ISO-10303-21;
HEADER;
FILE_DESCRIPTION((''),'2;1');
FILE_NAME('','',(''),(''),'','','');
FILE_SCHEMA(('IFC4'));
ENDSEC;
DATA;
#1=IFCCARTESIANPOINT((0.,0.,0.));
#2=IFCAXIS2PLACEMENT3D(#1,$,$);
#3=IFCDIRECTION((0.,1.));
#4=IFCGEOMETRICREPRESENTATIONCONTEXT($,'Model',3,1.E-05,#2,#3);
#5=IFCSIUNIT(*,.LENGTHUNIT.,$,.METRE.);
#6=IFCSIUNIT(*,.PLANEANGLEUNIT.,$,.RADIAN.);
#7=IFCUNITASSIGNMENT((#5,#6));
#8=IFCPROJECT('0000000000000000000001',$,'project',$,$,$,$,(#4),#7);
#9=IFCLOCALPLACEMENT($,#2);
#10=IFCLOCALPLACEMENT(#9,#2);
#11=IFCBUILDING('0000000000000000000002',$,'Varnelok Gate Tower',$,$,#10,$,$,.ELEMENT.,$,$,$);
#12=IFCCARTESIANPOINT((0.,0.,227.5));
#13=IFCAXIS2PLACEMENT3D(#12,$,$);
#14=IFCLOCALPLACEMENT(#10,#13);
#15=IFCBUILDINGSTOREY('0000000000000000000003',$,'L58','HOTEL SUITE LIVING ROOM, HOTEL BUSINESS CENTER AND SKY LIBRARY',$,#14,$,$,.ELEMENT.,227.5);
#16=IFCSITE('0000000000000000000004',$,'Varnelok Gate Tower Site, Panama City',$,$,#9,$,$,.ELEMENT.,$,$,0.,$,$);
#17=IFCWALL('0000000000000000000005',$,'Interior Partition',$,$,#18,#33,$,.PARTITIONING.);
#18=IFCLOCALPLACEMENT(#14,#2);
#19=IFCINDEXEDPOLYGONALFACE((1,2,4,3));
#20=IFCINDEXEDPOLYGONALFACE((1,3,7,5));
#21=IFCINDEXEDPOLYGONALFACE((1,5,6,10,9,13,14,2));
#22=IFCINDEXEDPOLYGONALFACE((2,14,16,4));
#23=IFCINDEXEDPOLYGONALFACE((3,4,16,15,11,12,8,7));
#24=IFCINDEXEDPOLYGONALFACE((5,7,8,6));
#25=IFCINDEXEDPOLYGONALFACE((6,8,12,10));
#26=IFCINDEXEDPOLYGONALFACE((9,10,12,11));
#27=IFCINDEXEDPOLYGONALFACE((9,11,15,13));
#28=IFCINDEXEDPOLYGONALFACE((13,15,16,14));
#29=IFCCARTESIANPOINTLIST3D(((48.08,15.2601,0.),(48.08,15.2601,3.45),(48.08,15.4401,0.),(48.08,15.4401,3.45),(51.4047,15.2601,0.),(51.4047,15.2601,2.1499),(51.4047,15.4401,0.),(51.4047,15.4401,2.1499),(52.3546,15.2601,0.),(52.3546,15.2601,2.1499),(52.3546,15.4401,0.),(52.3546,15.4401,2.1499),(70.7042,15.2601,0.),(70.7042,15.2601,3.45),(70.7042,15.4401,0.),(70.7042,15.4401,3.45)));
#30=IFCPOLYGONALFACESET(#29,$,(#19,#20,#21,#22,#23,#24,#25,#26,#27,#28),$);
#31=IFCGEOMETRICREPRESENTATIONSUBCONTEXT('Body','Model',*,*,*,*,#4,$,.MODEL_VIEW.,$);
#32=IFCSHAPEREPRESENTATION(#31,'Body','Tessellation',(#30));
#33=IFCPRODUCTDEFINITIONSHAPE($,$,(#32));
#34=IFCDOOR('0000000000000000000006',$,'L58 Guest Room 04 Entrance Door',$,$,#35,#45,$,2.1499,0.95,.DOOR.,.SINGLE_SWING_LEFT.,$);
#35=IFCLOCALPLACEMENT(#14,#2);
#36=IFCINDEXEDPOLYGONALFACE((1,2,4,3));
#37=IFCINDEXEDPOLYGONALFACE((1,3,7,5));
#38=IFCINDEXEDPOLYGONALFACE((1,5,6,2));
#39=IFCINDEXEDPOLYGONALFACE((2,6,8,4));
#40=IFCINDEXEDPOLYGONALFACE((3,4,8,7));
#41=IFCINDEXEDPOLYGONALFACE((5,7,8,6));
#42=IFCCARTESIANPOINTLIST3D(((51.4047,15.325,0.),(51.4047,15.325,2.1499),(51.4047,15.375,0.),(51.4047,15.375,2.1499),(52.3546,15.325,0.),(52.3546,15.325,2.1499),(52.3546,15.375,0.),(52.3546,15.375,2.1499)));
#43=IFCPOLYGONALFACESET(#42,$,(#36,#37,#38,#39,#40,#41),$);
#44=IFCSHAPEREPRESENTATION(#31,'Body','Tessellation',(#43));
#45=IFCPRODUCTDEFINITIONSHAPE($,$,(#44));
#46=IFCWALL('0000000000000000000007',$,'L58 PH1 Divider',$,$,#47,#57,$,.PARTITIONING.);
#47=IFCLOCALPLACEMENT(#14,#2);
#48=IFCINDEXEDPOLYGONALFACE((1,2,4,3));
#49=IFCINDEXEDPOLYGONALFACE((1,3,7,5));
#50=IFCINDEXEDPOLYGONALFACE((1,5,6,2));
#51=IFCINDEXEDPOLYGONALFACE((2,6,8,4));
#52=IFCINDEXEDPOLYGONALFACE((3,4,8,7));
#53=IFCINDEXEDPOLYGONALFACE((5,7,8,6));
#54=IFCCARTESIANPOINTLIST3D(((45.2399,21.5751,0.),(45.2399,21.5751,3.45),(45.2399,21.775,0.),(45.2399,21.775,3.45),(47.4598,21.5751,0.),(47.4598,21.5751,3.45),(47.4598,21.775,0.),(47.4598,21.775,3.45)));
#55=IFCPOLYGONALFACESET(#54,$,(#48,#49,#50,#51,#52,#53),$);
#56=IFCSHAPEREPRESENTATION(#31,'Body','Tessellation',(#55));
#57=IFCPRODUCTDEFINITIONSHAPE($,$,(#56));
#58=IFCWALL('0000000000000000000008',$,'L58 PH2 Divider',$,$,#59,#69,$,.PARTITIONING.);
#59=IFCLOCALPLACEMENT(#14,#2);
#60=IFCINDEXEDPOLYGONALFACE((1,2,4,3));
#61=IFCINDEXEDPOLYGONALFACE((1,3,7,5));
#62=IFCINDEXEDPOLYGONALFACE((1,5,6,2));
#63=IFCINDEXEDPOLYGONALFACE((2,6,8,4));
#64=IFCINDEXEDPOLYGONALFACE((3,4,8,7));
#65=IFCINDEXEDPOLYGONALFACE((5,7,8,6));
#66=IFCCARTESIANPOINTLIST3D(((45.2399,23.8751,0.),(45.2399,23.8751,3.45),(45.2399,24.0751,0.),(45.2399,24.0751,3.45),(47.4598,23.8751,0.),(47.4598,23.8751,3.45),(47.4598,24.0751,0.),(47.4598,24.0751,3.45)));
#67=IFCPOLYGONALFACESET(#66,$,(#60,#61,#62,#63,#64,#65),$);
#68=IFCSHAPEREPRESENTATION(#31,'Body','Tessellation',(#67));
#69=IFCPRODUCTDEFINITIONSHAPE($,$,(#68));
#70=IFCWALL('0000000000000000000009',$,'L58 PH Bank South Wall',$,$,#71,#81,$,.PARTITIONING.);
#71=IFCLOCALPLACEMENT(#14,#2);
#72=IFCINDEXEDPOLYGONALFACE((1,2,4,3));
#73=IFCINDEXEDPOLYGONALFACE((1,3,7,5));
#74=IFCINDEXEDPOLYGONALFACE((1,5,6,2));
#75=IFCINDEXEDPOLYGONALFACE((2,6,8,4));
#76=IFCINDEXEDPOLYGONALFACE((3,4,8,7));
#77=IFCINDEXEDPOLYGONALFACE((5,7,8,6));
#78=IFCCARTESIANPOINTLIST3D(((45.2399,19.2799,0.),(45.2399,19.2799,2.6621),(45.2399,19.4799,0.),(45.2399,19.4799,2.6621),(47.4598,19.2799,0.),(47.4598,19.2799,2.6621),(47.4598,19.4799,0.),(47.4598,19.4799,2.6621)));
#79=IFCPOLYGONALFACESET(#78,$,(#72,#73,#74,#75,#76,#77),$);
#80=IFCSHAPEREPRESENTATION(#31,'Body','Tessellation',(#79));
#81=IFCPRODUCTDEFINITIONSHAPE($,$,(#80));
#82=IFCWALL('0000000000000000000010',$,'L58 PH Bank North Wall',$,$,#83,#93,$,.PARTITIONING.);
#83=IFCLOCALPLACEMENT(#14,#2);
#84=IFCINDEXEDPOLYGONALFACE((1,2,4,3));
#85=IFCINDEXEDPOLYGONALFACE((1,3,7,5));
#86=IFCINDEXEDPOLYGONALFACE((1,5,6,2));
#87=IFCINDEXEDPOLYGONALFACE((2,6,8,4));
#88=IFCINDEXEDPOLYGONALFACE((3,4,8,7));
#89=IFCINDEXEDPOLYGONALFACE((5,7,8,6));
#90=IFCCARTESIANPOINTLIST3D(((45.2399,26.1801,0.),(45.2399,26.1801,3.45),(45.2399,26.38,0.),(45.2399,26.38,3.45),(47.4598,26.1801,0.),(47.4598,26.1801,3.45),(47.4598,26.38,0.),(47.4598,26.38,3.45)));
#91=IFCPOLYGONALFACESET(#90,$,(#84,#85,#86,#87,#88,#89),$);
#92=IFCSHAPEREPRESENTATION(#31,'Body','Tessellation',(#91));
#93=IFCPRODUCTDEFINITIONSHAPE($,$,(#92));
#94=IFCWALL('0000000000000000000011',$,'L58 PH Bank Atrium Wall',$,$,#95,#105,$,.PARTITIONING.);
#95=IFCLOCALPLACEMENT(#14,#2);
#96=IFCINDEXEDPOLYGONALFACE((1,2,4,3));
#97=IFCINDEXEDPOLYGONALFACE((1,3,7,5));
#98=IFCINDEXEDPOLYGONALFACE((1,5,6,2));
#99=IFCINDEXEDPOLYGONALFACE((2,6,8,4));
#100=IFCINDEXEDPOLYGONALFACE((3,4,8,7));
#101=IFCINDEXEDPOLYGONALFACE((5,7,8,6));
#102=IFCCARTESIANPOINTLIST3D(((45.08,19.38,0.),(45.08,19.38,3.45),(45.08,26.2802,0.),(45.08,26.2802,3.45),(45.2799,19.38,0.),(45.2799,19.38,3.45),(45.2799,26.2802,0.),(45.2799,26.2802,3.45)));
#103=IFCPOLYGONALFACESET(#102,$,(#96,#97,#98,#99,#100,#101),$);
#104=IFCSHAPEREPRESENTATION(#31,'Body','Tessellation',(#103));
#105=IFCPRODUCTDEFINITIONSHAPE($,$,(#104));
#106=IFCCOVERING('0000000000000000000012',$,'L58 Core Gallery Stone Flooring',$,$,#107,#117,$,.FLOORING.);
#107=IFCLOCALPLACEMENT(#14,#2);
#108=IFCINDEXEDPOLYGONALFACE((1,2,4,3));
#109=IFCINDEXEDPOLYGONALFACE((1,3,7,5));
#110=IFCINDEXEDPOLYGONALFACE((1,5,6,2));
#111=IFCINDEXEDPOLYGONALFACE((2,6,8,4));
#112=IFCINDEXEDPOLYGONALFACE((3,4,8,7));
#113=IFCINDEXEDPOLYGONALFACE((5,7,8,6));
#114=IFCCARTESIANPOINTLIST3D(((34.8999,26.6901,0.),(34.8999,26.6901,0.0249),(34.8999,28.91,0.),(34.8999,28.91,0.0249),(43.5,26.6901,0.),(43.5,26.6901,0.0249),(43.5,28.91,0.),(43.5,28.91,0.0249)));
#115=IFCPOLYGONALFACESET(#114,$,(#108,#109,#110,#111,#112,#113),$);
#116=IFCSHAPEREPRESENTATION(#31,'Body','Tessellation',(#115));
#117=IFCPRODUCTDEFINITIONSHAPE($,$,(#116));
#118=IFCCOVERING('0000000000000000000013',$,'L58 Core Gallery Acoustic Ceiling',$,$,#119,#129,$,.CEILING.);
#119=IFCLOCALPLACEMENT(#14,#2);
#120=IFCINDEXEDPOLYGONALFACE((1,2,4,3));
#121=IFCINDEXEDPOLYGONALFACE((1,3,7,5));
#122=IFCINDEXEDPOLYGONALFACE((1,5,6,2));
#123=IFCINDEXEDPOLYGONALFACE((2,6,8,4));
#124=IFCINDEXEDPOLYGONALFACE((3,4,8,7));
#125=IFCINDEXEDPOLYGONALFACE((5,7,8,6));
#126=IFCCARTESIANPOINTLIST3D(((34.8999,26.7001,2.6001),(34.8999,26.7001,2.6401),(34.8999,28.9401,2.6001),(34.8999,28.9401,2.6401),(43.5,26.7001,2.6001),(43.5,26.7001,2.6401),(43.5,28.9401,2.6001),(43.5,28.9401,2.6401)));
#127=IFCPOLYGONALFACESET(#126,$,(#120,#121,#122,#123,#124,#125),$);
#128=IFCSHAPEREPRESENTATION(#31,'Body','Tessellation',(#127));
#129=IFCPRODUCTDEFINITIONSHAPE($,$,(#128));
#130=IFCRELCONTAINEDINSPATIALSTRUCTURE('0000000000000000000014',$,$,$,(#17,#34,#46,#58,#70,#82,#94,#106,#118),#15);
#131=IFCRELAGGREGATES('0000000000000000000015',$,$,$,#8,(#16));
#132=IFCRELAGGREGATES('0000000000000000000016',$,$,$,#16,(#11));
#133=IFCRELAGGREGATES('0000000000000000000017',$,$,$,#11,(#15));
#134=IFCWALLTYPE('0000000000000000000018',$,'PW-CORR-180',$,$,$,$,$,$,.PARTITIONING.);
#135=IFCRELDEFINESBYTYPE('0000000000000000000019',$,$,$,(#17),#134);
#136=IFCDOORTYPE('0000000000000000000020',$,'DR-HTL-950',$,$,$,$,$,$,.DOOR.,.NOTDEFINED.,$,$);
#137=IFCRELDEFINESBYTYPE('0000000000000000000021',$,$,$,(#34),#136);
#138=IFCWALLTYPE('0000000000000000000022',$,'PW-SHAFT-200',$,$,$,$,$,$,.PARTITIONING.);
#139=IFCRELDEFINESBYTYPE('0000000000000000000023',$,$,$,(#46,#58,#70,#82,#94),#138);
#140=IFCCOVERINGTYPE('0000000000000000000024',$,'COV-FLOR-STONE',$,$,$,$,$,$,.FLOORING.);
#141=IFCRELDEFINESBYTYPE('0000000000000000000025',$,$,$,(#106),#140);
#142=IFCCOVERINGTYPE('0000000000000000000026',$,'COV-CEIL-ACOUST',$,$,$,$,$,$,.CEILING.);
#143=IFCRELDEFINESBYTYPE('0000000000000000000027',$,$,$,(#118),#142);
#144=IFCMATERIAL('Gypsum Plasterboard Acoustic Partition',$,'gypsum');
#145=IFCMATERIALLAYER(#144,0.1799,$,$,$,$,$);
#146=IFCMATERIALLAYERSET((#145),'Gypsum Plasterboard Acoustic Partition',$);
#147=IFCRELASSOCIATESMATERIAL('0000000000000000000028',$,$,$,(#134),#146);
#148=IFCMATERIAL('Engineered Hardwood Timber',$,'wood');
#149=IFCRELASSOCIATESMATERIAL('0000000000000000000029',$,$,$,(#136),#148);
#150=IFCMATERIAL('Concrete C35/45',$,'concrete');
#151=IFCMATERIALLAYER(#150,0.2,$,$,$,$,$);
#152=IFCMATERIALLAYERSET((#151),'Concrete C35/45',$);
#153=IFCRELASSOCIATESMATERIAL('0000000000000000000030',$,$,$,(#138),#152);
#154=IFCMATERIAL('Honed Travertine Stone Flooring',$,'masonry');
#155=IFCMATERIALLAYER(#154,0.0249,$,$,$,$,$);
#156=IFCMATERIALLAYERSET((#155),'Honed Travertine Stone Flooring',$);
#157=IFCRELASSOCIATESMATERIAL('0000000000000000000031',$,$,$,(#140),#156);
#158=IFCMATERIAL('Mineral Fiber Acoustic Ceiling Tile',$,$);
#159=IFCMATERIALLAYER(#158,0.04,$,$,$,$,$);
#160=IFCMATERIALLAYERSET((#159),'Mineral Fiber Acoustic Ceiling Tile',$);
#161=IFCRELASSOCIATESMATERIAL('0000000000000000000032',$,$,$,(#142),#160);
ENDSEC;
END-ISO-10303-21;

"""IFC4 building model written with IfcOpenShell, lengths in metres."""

from ifc_helpers import new_model, si_unit, direction, frame, frame_2d, origin, origin_2d, place, context, subcontext, project, spatial, rectangle, extrude, source, transform, mapped, material, layer, layer_set, type_object, element, fill, save


model = new_model("IFC4")

# Units and contexts
model_context = context("Model", 3, precision=1e-05, world=origin(), true_north=direction((0.0, 1.0)))
body_context = subcontext(model_context, "Body", "Model", "MODEL_VIEW")
ifc_project = project(units=[si_unit("LENGTHUNIT", "METRE"), si_unit("PLANEANGLEUNIT", "RADIAN")], contexts=[model_context])

# Site, building, storey
site_placement = place(None, origin())
site = spatial("IfcSite", under=ifc_project, at=site_placement, Name="Varnelok Gate Tower Site, Panama City", CompositionType="ELEMENT", RefElevation=0.0)
building_placement = place(site_placement, origin())
building = spatial("IfcBuilding", under=site, at=building_placement, Name="Varnelok Gate Tower", CompositionType="ELEMENT")
storey_placement = place(building_placement, frame((0.0, 0.0, 227.5)))
storey = spatial("IfcBuildingStorey", under=building, at=storey_placement, Name="L58", Description="HOTEL SUITE LIVING ROOM, HOTEL BUSINESS CENTER AND SKY LIBRARY", CompositionType="ELEMENT", Elevation=227.5)

# Wall, opening, door
ifc_material_1 = material(Name="Gypsum Plasterboard Acoustic Partition", Category="gypsum")
ifc_layer_1 = layer(ifc_material_1, 0.1799)
ifc_layer_set_1 = layer_set([ifc_layer_1], Name="Gypsum Plasterboard Acoustic Partition")
wall_type_1 = type_object("IfcWallType", Name="PW-CORR-180", PredefinedType="PARTITIONING", material=ifc_layer_set_1)
wall_1_placement = place(storey_placement, frame((48.0801, 15.3501, 0.0), z_axis=(0.0, 0.0, 1.0), x_axis=(1.0, 0.0, 0.0)))
wall_1 = element("IfcWall", 1, at=wall_1_placement, inside=storey, type_object=wall_type_1, Name="Interior Partition", PredefinedType="PARTITIONING", context=body_context, shape_type="SweptSolid", body=[
    extrude(rectangle(XDim=22.6243, YDim=0.1799, at=frame_2d((11.312, 0.0))), origin(), (0.0, 0.0, 1.0), 3.45),
])
opening_1_placement = place(wall_1_placement, frame((3.3245, 0.0, 0.0)))
opening_1 = element("IfcOpeningElement", 2, at=opening_1_placement, cuts=wall_1, PredefinedType="OPENING", context=body_context, shape_type="SweptSolid", body=[
    extrude(rectangle(XDim=0.95, YDim=2.1499, at=frame_2d((0.4751, 1.075))), frame((0.0, 0.0999, 0.0), z_axis=(0.0, -1.0, 0.0), x_axis=(1.0, 0.0, 0.0)), (0.0, 0.0, 1.0), 0.2),
])
ifc_material_2 = material(Name="Engineered Hardwood Timber", Category="wood")
door_type_1 = type_object("IfcDoorType", Name="DR-HTL-950", OperationType="NOTDEFINED", PredefinedType="DOOR", material=ifc_material_2)
door_1_placement = place(opening_1_placement, origin())
door_1 = element("IfcDoor", 3, at=door_1_placement, inside=storey, type_object=door_type_1, Name="L58 Guest Room 04 Entrance Door", OperationType="SINGLE_SWING_LEFT", OverallHeight=2.1499, OverallWidth=0.95, PredefinedType="DOOR", context=body_context, shape_type="SweptSolid", body=[
    extrude(rectangle(XDim=0.95, YDim=2.1499, at=frame_2d((0.4751, 1.075))), frame((0.0, 0.0249, 0.0), z_axis=(0.0, -1.0, 0.0), x_axis=(1.0, 0.0, 0.0)), (0.0, 0.0, 1.0), 0.05),
])
fill(opening_1, door_1)

# Walls
ifc_material_3 = material(Name="Concrete C35/45", Category="concrete")
ifc_layer_2 = layer(ifc_material_3, 0.2)
ifc_layer_set_2 = layer_set([ifc_layer_2], Name="Concrete C35/45")
wall_type_2 = type_object("IfcWallType", Name="PW-SHAFT-200", PredefinedType="PARTITIONING", material=ifc_layer_set_2)
for number, where, z_axis, x_axis, name in (
    (4, (45.24, 21.675, 0.0), (0.0, 0.0, 1.0), (1.0, 0.0, 0.0), "L58 PH1 Divider"),
    (5, (45.24, 23.9751, 0.0), (0.0, 0.0, 1.0), (1.0, 0.0, 0.0), "L58 PH2 Divider"),
):
    element("IfcWall", number, at=place(storey_placement, frame(where, z_axis=z_axis, x_axis=x_axis)), inside=storey, type_object=wall_type_2, Name=name, PredefinedType="PARTITIONING", context=body_context, shape_type="SweptSolid", body=[
        extrude(rectangle(XDim=2.22, YDim=0.2, at=frame_2d((1.1099, 0.0))), origin(), (0.0, 0.0, 1.0), 3.45),
    ])
wall_2_placement = place(storey_placement, frame((45.24, 19.3799, 0.0), z_axis=(0.0, 0.0, 1.0), x_axis=(1.0, 0.0, 0.0)))
element("IfcWall", 6, at=wall_2_placement, inside=storey, type_object=wall_type_2, Name="L58 PH Bank South Wall", PredefinedType="PARTITIONING", context=body_context, shape_type="SweptSolid", body=[
    extrude(rectangle(XDim=2.22, YDim=0.2, at=frame_2d((1.1099, 0.0))), origin(), (0.0, 0.0, 1.0), 2.6621),
])
wall_3_placement = place(storey_placement, frame((45.24, 26.28, 0.0), z_axis=(0.0, 0.0, 1.0), x_axis=(1.0, 0.0, 0.0)))
element("IfcWall", 7, at=wall_3_placement, inside=storey, type_object=wall_type_2, Name="L58 PH Bank North Wall", PredefinedType="PARTITIONING", context=body_context, shape_type="SweptSolid", body=[
    extrude(rectangle(XDim=2.22, YDim=0.2, at=frame_2d((1.1099, 0.0))), origin(), (0.0, 0.0, 1.0), 3.45),
])
wall_4_placement = place(storey_placement, frame((45.1799, 19.3799, 0.0), z_axis=(0.0, 0.0, 1.0), x_axis=(0.0, 1.0, 0.0)))
element("IfcWall", 8, at=wall_4_placement, inside=storey, type_object=wall_type_2, Name="L58 PH Bank Atrium Wall", PredefinedType="PARTITIONING", context=body_context, shape_type="SweptSolid", body=[
    extrude(rectangle(XDim=6.9001, YDim=0.2, at=frame_2d((3.4502, 0.0))), origin(), (0.0, 0.0, 1.0), 3.45),
])

# Coverings
ifc_material_4 = material(Name="Honed Travertine Stone Flooring", Category="masonry")
ifc_layer_3 = layer(ifc_material_4, 0.0249)
ifc_layer_set_3 = layer_set([ifc_layer_3], Name="Honed Travertine Stone Flooring")
covering_type_1 = type_object("IfcCoveringType", Name="COV-FLOR-STONE", PredefinedType="FLOORING", material=ifc_layer_set_3)
shared_shape_1 = source(origin(), body_context, "Body", "SweptSolid", [
    extrude(rectangle(XDim=8.6001, YDim=2.22, at=origin_2d()), origin(), (0.0, 0.0, 1.0), 0.0249),
])
covering_1_placement = place(storey_placement, frame((39.2, 27.8, 0.0), z_axis=(0.0, 0.0, 1.0), x_axis=(1.0, 0.0, 0.0)))
element("IfcCovering", 9, at=covering_1_placement, inside=storey, type_object=covering_type_1, Name="L58 Core Gallery Stone Flooring", PredefinedType="FLOORING", context=body_context, shape_type="MappedRepresentation", body=[
    mapped(shared_shape_1, transform((0.0, 0.0, 0.0), scale=1.0)),
])
ifc_material_5 = material(Name="Mineral Fiber Acoustic Ceiling Tile")
ifc_layer_4 = layer(ifc_material_5, 0.04)
ifc_layer_set_4 = layer_set([ifc_layer_4], Name="Mineral Fiber Acoustic Ceiling Tile")
covering_type_2 = type_object("IfcCoveringType", Name="COV-CEIL-ACOUST", PredefinedType="CEILING", material=ifc_layer_set_4)
shared_shape_2 = source(origin(), body_context, "Body", "SweptSolid", [
    extrude(rectangle(XDim=8.6001, YDim=2.24, at=origin_2d()), origin(), (0.0, 0.0, 1.0), 0.04),
])
covering_2_placement = place(storey_placement, frame((39.2, 27.8201, 2.6001), z_axis=(0.0, 0.0, 1.0), x_axis=(1.0, 0.0, 0.0)))
element("IfcCovering", 10, at=covering_2_placement, inside=storey, type_object=covering_type_2, Name="L58 Core Gallery Acoustic Ceiling", PredefinedType="CEILING", context=body_context, shape_type="MappedRepresentation", body=[
    mapped(shared_shape_2, transform((0.0, 0.0, 0.0), scale=1.0)),
])

save(model, "model.ifc")
